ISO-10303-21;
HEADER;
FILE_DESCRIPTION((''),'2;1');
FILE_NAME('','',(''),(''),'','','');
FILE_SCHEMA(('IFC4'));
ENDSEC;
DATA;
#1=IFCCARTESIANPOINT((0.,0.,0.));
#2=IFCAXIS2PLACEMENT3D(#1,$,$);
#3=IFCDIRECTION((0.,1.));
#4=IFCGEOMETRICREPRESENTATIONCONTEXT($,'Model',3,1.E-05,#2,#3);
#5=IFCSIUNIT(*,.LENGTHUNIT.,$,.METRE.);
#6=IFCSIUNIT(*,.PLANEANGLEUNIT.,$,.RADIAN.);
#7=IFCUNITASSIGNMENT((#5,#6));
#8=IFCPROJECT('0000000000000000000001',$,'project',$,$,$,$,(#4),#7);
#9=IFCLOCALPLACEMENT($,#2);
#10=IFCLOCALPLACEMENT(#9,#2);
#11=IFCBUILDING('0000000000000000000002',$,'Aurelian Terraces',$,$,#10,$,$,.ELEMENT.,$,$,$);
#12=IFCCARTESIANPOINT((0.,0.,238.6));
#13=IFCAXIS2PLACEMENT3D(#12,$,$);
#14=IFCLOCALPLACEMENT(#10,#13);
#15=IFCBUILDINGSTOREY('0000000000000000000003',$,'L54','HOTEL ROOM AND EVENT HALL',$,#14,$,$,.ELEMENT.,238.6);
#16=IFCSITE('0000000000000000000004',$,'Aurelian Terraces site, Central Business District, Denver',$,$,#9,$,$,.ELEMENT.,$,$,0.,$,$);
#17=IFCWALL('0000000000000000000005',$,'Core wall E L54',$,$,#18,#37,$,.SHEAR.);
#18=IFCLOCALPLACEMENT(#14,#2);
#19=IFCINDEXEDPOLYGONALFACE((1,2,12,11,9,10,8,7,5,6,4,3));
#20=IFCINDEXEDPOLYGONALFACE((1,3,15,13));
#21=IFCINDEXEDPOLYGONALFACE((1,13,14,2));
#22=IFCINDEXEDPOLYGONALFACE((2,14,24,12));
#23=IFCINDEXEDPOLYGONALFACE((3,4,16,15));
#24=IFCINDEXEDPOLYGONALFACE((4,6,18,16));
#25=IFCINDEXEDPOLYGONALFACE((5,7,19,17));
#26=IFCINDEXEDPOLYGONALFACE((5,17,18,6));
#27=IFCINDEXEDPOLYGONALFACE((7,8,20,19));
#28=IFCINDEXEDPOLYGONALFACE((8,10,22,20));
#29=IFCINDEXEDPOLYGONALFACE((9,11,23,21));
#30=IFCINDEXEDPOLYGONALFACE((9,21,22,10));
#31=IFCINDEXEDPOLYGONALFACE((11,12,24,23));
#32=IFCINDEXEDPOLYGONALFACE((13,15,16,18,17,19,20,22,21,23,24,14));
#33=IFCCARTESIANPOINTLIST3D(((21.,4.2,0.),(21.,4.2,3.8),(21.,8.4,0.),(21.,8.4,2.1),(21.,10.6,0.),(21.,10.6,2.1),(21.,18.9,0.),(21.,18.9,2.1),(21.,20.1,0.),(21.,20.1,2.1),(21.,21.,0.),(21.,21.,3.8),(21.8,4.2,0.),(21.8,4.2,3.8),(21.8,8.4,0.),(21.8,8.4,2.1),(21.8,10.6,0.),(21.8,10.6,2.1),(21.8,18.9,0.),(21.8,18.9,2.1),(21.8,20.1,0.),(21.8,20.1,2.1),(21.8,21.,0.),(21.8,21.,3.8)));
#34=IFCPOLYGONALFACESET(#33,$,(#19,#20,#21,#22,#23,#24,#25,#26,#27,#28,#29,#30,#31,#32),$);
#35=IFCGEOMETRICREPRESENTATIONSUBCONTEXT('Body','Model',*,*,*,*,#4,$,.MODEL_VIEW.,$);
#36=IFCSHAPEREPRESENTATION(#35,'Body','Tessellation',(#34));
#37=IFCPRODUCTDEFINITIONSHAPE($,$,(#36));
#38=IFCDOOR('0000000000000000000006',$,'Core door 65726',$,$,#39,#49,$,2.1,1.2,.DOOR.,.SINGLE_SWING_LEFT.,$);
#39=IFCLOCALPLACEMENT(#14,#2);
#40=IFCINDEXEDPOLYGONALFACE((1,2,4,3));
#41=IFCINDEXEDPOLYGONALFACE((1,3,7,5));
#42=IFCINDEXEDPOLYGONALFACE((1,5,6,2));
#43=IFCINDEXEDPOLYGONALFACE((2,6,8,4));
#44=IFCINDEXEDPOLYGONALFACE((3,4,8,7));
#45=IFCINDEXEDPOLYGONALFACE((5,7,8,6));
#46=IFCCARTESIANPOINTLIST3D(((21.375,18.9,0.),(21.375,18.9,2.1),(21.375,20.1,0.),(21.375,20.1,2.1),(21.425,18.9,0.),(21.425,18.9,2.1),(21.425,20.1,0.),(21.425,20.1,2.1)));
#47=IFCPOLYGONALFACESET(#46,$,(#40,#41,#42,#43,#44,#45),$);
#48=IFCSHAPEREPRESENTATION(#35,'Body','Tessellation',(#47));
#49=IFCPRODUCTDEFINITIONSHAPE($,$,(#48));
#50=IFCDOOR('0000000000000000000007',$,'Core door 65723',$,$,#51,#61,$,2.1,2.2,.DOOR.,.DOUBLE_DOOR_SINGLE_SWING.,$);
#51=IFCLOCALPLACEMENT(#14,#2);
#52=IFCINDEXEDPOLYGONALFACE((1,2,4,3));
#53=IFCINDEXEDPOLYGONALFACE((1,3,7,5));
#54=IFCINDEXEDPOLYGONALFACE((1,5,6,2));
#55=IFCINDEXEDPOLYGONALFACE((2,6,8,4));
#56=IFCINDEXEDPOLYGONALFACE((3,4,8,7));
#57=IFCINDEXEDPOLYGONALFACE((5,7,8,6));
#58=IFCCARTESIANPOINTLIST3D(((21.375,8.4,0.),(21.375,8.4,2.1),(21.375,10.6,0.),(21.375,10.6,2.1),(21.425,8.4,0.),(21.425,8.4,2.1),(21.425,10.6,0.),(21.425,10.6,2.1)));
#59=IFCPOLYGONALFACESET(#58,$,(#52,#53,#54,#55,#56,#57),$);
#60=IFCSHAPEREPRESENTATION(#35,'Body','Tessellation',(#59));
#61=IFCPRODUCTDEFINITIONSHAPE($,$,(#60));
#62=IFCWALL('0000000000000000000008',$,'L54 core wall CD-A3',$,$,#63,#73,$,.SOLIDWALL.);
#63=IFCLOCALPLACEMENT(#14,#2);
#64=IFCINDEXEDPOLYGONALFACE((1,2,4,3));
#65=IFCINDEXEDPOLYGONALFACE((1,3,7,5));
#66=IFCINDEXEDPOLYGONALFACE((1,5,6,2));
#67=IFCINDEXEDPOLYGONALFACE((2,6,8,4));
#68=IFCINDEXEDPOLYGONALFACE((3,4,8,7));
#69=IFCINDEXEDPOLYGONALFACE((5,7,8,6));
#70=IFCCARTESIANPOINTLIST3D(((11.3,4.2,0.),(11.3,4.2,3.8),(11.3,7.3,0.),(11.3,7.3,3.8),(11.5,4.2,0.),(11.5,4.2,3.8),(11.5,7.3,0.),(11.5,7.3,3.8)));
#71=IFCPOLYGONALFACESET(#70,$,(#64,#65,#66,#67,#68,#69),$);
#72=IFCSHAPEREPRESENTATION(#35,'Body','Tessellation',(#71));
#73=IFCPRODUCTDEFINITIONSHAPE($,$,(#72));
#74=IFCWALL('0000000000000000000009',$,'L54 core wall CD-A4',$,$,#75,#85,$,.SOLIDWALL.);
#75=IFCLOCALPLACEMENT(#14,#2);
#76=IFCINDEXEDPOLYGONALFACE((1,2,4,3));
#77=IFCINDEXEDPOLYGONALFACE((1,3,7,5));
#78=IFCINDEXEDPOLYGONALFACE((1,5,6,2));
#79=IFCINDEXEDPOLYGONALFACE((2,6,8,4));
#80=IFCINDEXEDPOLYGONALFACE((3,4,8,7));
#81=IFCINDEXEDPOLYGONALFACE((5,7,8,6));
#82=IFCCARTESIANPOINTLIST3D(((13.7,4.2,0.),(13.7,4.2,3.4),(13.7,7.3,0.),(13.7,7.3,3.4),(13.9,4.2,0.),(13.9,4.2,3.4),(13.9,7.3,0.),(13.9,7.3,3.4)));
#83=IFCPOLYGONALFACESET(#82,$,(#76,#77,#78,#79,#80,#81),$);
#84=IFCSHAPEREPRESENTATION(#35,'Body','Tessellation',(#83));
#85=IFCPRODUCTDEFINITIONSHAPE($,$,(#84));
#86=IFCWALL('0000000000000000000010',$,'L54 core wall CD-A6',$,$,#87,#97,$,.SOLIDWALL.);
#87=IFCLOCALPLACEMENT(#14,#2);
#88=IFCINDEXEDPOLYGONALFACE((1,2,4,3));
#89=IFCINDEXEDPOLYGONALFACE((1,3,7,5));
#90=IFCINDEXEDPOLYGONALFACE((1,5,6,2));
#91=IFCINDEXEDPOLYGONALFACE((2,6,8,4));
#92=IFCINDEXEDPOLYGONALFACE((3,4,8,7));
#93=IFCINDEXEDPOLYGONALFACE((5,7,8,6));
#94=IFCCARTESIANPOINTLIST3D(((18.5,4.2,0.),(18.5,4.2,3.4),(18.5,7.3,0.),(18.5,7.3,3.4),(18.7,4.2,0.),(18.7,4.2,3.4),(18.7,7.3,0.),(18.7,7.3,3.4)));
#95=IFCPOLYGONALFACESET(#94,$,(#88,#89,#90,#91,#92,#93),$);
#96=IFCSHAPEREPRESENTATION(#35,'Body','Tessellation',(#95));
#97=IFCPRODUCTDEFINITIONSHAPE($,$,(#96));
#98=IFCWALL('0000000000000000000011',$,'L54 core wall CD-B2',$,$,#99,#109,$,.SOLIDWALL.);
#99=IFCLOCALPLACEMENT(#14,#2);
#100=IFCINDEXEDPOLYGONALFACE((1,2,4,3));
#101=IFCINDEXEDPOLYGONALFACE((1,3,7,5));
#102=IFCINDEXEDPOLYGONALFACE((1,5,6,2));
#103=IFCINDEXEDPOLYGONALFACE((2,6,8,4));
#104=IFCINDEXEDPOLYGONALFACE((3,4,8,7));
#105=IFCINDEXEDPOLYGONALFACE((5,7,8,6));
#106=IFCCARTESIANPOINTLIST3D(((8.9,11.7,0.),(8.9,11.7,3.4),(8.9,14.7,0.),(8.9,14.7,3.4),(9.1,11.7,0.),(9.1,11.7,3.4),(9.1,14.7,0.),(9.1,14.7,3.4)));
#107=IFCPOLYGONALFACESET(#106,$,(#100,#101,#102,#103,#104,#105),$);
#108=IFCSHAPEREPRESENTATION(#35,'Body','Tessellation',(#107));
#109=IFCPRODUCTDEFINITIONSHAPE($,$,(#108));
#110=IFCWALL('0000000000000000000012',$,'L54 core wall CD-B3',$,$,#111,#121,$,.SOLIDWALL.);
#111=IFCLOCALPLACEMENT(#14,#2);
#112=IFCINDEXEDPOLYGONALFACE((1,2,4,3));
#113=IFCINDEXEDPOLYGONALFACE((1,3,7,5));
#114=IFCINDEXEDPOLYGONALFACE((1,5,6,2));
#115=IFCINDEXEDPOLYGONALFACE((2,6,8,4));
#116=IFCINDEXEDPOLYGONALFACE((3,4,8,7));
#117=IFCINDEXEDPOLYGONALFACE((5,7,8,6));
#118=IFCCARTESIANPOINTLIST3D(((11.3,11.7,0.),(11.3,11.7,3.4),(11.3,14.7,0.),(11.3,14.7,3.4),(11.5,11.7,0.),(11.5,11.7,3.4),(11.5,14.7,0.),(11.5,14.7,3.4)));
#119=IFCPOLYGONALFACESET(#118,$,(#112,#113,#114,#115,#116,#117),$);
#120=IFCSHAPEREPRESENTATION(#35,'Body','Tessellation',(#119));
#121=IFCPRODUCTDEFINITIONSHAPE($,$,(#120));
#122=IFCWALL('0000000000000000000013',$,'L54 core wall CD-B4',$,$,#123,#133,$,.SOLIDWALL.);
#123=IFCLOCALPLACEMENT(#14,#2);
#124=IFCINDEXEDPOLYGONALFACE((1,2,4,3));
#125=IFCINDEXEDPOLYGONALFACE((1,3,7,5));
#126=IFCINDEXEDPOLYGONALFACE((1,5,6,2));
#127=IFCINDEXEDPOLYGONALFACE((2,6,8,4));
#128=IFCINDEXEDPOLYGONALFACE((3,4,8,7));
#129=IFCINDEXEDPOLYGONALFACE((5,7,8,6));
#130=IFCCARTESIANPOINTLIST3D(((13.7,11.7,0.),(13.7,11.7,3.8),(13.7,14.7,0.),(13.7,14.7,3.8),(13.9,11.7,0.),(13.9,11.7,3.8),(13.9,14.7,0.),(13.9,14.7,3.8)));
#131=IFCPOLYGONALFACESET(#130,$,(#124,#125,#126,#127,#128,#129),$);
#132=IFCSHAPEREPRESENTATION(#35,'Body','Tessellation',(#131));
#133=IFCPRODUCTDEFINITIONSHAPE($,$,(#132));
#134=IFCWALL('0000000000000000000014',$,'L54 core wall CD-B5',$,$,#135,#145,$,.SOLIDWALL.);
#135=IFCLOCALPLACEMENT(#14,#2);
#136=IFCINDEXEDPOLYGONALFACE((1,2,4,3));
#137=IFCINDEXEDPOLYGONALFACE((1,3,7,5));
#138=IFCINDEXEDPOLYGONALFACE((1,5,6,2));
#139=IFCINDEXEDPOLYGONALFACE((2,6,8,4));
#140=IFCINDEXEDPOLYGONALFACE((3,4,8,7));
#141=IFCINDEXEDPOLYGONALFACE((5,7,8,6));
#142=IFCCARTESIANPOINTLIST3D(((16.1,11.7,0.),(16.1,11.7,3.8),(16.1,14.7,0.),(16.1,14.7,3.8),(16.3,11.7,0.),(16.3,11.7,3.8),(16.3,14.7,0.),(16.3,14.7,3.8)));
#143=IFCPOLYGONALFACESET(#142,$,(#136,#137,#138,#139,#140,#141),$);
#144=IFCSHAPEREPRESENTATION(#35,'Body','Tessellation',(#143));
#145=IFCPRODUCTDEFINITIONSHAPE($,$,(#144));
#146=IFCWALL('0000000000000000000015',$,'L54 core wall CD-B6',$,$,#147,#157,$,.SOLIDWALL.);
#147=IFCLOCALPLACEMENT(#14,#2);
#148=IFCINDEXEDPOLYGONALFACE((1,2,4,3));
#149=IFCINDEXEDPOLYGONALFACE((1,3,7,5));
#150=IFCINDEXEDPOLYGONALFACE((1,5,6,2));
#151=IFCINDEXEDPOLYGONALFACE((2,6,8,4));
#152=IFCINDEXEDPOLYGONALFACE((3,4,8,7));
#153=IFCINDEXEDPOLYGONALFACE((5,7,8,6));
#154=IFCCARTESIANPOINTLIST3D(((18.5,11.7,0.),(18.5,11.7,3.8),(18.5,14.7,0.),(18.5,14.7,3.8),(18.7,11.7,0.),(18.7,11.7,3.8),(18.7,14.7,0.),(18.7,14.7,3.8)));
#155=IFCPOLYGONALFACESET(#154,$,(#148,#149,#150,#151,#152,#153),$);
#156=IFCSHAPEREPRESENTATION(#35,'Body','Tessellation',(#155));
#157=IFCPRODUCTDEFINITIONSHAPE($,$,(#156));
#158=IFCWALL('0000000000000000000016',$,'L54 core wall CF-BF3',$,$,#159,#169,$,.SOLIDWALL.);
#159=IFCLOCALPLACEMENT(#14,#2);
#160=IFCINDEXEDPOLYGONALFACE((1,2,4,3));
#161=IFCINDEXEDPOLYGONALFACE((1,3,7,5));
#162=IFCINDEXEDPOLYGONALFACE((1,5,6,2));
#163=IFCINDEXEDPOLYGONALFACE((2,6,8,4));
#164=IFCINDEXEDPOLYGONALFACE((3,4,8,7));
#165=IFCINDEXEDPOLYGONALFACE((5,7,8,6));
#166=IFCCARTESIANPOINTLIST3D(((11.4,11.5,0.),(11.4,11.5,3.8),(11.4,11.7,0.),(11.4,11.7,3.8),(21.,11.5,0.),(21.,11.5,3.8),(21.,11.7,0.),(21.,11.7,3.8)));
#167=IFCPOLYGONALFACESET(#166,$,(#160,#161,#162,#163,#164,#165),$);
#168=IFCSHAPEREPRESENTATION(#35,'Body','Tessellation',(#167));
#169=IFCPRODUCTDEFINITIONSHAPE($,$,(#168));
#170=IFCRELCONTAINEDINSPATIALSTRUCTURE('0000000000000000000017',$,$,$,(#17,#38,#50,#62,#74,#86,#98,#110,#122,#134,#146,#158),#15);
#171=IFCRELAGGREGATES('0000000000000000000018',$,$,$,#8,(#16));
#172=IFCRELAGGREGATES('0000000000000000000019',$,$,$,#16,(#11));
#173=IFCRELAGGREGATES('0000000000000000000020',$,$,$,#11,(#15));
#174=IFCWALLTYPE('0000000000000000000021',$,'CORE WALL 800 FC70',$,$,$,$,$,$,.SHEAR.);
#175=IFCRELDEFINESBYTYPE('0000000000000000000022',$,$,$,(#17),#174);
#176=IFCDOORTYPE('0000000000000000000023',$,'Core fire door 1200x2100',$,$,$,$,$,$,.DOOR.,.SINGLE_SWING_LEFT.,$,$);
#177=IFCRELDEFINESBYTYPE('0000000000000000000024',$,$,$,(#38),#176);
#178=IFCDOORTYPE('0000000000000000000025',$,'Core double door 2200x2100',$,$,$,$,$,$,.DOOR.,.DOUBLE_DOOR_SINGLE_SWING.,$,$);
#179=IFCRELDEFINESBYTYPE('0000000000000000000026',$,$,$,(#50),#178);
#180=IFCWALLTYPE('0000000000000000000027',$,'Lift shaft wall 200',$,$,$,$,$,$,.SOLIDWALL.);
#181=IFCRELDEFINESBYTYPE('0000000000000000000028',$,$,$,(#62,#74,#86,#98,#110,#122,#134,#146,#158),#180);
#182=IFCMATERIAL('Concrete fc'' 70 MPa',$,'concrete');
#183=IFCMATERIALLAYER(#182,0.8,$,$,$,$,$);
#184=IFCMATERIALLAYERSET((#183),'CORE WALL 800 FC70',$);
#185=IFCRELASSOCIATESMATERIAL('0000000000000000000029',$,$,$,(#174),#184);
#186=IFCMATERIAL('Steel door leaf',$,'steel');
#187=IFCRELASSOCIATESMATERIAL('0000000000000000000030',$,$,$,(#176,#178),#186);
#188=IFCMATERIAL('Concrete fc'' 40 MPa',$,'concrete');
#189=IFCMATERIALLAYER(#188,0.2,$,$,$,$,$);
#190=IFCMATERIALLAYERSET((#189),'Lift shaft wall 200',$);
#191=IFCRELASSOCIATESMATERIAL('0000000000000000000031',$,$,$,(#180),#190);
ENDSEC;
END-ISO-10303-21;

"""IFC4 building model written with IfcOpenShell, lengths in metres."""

from ifc_helpers import new_model, si_unit, direction, frame, frame_2d, origin, place, context, subcontext, project, spatial, rectangle, extrude, source, transform, mapped, material, layer, layer_set, type_object, element, fill, save


model = new_model("IFC4")

# Units and contexts
model_context = context("Model", 3, precision=1e-05, world=origin(), true_north=direction((0.0, 1.0)))
body_context = subcontext(model_context, "Body", "Model", "MODEL_VIEW")
ifc_project = project(units=[si_unit("LENGTHUNIT", "METRE"), si_unit("PLANEANGLEUNIT", "RADIAN")], contexts=[model_context])

# Site, building, storey
site_placement = place(None, origin())
site = spatial("IfcSite", under=ifc_project, at=site_placement, Name="Aurelian Terraces site, Central Business District, Denver", CompositionType="ELEMENT", RefElevation=0.0)
building_placement = place(site_placement, origin())
building = spatial("IfcBuilding", under=site, at=building_placement, Name="Aurelian Terraces", CompositionType="ELEMENT")
storey_placement = place(building_placement, frame((0.0, 0.0, 238.6)))
storey = spatial("IfcBuildingStorey", under=building, at=storey_placement, Name="L54", Description="HOTEL ROOM AND EVENT HALL", CompositionType="ELEMENT", Elevation=238.6)

# Wall, openings, doors
ifc_material_1 = material(Name="Concrete fc' 70 MPa", Category="concrete")
ifc_layer_1 = layer(ifc_material_1, 0.8)
ifc_layer_set_1 = layer_set([ifc_layer_1], Name="CORE WALL 800 FC70")
wall_type_1 = type_object("IfcWallType", Name="CORE WALL 800 FC70", PredefinedType="SHEAR", material=ifc_layer_set_1)
shared_shape_1 = source(origin(), body_context, "Body", "SweptSolid", [
    extrude(rectangle(XDim=16.8, YDim=0.8, at=frame_2d((8.4, 0.0))), origin(), (0.0, 0.0, 1.0), 3.8),
])
wall_1_placement = place(storey_placement, frame((21.4, 4.2, 0.0), z_axis=(0.0, 0.0, 1.0), x_axis=(0.0, 1.0, 0.0)))
wall_1 = element("IfcWall", 1, at=wall_1_placement, inside=storey, type_object=wall_type_1, Name="Core wall E L54", PredefinedType="SHEAR", context=body_context, shape_type="MappedRepresentation", body=[
    mapped(shared_shape_1, transform((0.0, 0.0, 0.0), scale=1.0)),
])
shared_shape_2 = source(origin(), body_context, "Body", "SweptSolid", [
    extrude(rectangle(XDim=2.2, YDim=2.1, at=frame_2d((1.1, 1.05))), frame((0.0, 0.41, 0.0), z_axis=(0.0, -1.0, 0.0), x_axis=(1.0, 0.0, 0.0)), (0.0, 0.0, 1.0), 0.82),
])
opening_1_placement = place(wall_1_placement, frame((4.2, 0.0, 0.0)))
opening_1 = element("IfcOpeningElement", 2, at=opening_1_placement, cuts=wall_1, PredefinedType="OPENING", context=body_context, shape_type="MappedRepresentation", body=[
    mapped(shared_shape_2, transform((0.0, 0.0, 0.0), scale=1.0)),
])
shared_shape_3 = source(origin(), body_context, "Body", "SweptSolid", [
    extrude(rectangle(XDim=1.2, YDim=2.1, at=frame_2d((0.6, 1.05))), frame((0.0, 0.41, 0.0), z_axis=(0.0, -1.0, 0.0), x_axis=(1.0, 0.0, 0.0)), (0.0, 0.0, 1.0), 0.82),
])
opening_2_placement = place(wall_1_placement, frame((14.7, 0.0, 0.0)))
opening_2 = element("IfcOpeningElement", 3, at=opening_2_placement, cuts=wall_1, PredefinedType="OPENING", context=body_context, shape_type="MappedRepresentation", body=[
    mapped(shared_shape_3, transform((0.0, 0.0, 0.0), scale=1.0)),
])
ifc_material_2 = material(Name="Steel door leaf", Category="steel")
door_type_1 = type_object("IfcDoorType", Name="Core fire door 1200x2100", OperationType="SINGLE_SWING_LEFT", PredefinedType="DOOR", material=ifc_material_2)
shared_shape_4 = source(origin(), body_context, "Body", "SweptSolid", [
    extrude(rectangle(XDim=1.2, YDim=2.1, at=frame_2d((0.6, 1.05))), frame((0.0, 0.025, 0.0), z_axis=(0.0, -1.0, 0.0), x_axis=(1.0, 0.0, 0.0)), (0.0, 0.0, 1.0), 0.05),
])
door_1_placement = place(opening_2_placement, origin())
door_1 = element("IfcDoor", 4, at=door_1_placement, inside=storey, type_object=door_type_1, Name="Core door 65726", OperationType="SINGLE_SWING_LEFT", OverallHeight=2.1, OverallWidth=1.2, PredefinedType="DOOR", context=body_context, shape_type="MappedRepresentation", body=[
    mapped(shared_shape_4, transform((0.0, 0.0, 0.0), scale=1.0)),
])
fill(opening_2, door_1)
door_type_2 = type_object("IfcDoorType", Name="Core double door 2200x2100", OperationType="DOUBLE_DOOR_SINGLE_SWING", PredefinedType="DOOR", material=ifc_material_2)
shared_shape_5 = source(origin(), body_context, "Body", "SweptSolid", [
    extrude(rectangle(XDim=2.2, YDim=2.1, at=frame_2d((1.1, 1.05))), frame((0.0, 0.025, 0.0), z_axis=(0.0, -1.0, 0.0), x_axis=(1.0, 0.0, 0.0)), (0.0, 0.0, 1.0), 0.05),
])
door_2_placement = place(opening_1_placement, origin())
door_2 = element("IfcDoor", 5, at=door_2_placement, inside=storey, type_object=door_type_2, Name="Core door 65723", OperationType="DOUBLE_DOOR_SINGLE_SWING", OverallHeight=2.1, OverallWidth=2.2, PredefinedType="DOOR", context=body_context, shape_type="MappedRepresentation", body=[
    mapped(shared_shape_5, transform((0.0, 0.0, 0.0), scale=1.0)),
])
fill(opening_1, door_2)

# Walls
ifc_material_3 = material(Name="Concrete fc' 40 MPa", Category="concrete")
ifc_layer_2 = layer(ifc_material_3, 0.2)
ifc_layer_set_2 = layer_set([ifc_layer_2], Name="Lift shaft wall 200")
wall_type_2 = type_object("IfcWallType", Name="Lift shaft wall 200", PredefinedType="SOLIDWALL", material=ifc_layer_set_2)
shared_shape_6 = source(origin(), body_context, "Body", "SweptSolid", [
    extrude(rectangle(XDim=3.1, YDim=0.2, at=frame_2d((1.55, 0.0))), origin(), (0.0, 0.0, 1.0), 3.8),
])
wall_2_placement = place(storey_placement, frame((11.4, 4.2, 0.0), z_axis=(0.0, 0.0, 1.0), x_axis=(0.0, 1.0, 0.0)))
element("IfcWall", 6, at=wall_2_placement, inside=storey, type_object=wall_type_2, Name="L54 core wall CD-A3", PredefinedType="SOLIDWALL", context=body_context, shape_type="MappedRepresentation", body=[
    mapped(shared_shape_6, transform((0.0, 0.0, 0.0), scale=1.0)),
])
shared_shape_7 = source(origin(), body_context, "Body", "SweptSolid", [
    extrude(rectangle(XDim=3.1, YDim=0.2, at=frame_2d((1.55, 0.0))), origin(), (0.0, 0.0, 1.0), 3.4),
])
for number, where, z_axis, x_axis, name in (
    (7, (13.8, 4.2, 0.0), (0.0, 0.0, 1.0), (0.0, 1.0, 0.0), "L54 core wall CD-A4"),
    (8, (18.6, 4.2, 0.0), (0.0, 0.0, 1.0), (0.0, 1.0, 0.0), "L54 core wall CD-A6"),
):
    element("IfcWall", number, at=place(storey_placement, frame(where, z_axis=z_axis, x_axis=x_axis)), inside=storey, type_object=wall_type_2, Name=name, PredefinedType="SOLIDWALL", context=body_context, shape_type="MappedRepresentation", body=[
        mapped(shared_shape_7, transform((0.0, 0.0, 0.0), scale=1.0)),
    ])
shared_shape_8 = source(origin(), body_context, "Body", "SweptSolid", [
    extrude(rectangle(XDim=3.0, YDim=0.2, at=frame_2d((1.5, 0.0))), origin(), (0.0, 0.0, 1.0), 3.4),
])
for number, where, z_axis, x_axis, name in (
    (9, (9.0, 11.7, 0.0), (0.0, 0.0, 1.0), (0.0, 1.0, 0.0), "L54 core wall CD-B2"),
    (10, (11.4, 11.7, 0.0), (0.0, 0.0, 1.0), (0.0, 1.0, 0.0), "L54 core wall CD-B3"),
):
    element("IfcWall", number, at=place(storey_placement, frame(where, z_axis=z_axis, x_axis=x_axis)), inside=storey, type_object=wall_type_2, Name=name, PredefinedType="SOLIDWALL", context=body_context, shape_type="MappedRepresentation", body=[
        mapped(shared_shape_8, transform((0.0, 0.0, 0.0), scale=1.0)),
    ])
shared_shape_9 = source(origin(), body_context, "Body", "SweptSolid", [
    extrude(rectangle(XDim=3.0, YDim=0.2, at=frame_2d((1.5, 0.0))), origin(), (0.0, 0.0, 1.0), 3.8),
])
for number, where, z_axis, x_axis, name in (
    (11, (13.8, 11.7, 0.0), (0.0, 0.0, 1.0), (0.0, 1.0, 0.0), "L54 core wall CD-B4"),
    (12, (16.2, 11.7, 0.0), (0.0, 0.0, 1.0), (0.0, 1.0, 0.0), "L54 core wall CD-B5"),
    (13, (18.6, 11.7, 0.0), (0.0, 0.0, 1.0), (0.0, 1.0, 0.0), "L54 core wall CD-B6"),
):
    element("IfcWall", number, at=place(storey_placement, frame(where, z_axis=z_axis, x_axis=x_axis)), inside=storey, type_object=wall_type_2, Name=name, PredefinedType="SOLIDWALL", context=body_context, shape_type="MappedRepresentation", body=[
        mapped(shared_shape_9, transform((0.0, 0.0, 0.0), scale=1.0)),
    ])
shared_shape_10 = source(origin(), body_context, "Body", "SweptSolid", [
    extrude(rectangle(XDim=9.6, YDim=0.2, at=frame_2d((4.8, 0.0))), origin(), (0.0, 0.0, 1.0), 3.8),
])
wall_3_placement = place(storey_placement, frame((11.4, 11.6, 0.0), z_axis=(0.0, 0.0, 1.0), x_axis=(1.0, 0.0, 0.0)))
element("IfcWall", 14, at=wall_3_placement, inside=storey, type_object=wall_type_2, Name="L54 core wall CF-BF3", PredefinedType="SOLIDWALL", context=body_context, shape_type="MappedRepresentation", body=[
    mapped(shared_shape_10, transform((0.0, 0.0, 0.0), scale=1.0)),
])

save(model, "model.ifc")
